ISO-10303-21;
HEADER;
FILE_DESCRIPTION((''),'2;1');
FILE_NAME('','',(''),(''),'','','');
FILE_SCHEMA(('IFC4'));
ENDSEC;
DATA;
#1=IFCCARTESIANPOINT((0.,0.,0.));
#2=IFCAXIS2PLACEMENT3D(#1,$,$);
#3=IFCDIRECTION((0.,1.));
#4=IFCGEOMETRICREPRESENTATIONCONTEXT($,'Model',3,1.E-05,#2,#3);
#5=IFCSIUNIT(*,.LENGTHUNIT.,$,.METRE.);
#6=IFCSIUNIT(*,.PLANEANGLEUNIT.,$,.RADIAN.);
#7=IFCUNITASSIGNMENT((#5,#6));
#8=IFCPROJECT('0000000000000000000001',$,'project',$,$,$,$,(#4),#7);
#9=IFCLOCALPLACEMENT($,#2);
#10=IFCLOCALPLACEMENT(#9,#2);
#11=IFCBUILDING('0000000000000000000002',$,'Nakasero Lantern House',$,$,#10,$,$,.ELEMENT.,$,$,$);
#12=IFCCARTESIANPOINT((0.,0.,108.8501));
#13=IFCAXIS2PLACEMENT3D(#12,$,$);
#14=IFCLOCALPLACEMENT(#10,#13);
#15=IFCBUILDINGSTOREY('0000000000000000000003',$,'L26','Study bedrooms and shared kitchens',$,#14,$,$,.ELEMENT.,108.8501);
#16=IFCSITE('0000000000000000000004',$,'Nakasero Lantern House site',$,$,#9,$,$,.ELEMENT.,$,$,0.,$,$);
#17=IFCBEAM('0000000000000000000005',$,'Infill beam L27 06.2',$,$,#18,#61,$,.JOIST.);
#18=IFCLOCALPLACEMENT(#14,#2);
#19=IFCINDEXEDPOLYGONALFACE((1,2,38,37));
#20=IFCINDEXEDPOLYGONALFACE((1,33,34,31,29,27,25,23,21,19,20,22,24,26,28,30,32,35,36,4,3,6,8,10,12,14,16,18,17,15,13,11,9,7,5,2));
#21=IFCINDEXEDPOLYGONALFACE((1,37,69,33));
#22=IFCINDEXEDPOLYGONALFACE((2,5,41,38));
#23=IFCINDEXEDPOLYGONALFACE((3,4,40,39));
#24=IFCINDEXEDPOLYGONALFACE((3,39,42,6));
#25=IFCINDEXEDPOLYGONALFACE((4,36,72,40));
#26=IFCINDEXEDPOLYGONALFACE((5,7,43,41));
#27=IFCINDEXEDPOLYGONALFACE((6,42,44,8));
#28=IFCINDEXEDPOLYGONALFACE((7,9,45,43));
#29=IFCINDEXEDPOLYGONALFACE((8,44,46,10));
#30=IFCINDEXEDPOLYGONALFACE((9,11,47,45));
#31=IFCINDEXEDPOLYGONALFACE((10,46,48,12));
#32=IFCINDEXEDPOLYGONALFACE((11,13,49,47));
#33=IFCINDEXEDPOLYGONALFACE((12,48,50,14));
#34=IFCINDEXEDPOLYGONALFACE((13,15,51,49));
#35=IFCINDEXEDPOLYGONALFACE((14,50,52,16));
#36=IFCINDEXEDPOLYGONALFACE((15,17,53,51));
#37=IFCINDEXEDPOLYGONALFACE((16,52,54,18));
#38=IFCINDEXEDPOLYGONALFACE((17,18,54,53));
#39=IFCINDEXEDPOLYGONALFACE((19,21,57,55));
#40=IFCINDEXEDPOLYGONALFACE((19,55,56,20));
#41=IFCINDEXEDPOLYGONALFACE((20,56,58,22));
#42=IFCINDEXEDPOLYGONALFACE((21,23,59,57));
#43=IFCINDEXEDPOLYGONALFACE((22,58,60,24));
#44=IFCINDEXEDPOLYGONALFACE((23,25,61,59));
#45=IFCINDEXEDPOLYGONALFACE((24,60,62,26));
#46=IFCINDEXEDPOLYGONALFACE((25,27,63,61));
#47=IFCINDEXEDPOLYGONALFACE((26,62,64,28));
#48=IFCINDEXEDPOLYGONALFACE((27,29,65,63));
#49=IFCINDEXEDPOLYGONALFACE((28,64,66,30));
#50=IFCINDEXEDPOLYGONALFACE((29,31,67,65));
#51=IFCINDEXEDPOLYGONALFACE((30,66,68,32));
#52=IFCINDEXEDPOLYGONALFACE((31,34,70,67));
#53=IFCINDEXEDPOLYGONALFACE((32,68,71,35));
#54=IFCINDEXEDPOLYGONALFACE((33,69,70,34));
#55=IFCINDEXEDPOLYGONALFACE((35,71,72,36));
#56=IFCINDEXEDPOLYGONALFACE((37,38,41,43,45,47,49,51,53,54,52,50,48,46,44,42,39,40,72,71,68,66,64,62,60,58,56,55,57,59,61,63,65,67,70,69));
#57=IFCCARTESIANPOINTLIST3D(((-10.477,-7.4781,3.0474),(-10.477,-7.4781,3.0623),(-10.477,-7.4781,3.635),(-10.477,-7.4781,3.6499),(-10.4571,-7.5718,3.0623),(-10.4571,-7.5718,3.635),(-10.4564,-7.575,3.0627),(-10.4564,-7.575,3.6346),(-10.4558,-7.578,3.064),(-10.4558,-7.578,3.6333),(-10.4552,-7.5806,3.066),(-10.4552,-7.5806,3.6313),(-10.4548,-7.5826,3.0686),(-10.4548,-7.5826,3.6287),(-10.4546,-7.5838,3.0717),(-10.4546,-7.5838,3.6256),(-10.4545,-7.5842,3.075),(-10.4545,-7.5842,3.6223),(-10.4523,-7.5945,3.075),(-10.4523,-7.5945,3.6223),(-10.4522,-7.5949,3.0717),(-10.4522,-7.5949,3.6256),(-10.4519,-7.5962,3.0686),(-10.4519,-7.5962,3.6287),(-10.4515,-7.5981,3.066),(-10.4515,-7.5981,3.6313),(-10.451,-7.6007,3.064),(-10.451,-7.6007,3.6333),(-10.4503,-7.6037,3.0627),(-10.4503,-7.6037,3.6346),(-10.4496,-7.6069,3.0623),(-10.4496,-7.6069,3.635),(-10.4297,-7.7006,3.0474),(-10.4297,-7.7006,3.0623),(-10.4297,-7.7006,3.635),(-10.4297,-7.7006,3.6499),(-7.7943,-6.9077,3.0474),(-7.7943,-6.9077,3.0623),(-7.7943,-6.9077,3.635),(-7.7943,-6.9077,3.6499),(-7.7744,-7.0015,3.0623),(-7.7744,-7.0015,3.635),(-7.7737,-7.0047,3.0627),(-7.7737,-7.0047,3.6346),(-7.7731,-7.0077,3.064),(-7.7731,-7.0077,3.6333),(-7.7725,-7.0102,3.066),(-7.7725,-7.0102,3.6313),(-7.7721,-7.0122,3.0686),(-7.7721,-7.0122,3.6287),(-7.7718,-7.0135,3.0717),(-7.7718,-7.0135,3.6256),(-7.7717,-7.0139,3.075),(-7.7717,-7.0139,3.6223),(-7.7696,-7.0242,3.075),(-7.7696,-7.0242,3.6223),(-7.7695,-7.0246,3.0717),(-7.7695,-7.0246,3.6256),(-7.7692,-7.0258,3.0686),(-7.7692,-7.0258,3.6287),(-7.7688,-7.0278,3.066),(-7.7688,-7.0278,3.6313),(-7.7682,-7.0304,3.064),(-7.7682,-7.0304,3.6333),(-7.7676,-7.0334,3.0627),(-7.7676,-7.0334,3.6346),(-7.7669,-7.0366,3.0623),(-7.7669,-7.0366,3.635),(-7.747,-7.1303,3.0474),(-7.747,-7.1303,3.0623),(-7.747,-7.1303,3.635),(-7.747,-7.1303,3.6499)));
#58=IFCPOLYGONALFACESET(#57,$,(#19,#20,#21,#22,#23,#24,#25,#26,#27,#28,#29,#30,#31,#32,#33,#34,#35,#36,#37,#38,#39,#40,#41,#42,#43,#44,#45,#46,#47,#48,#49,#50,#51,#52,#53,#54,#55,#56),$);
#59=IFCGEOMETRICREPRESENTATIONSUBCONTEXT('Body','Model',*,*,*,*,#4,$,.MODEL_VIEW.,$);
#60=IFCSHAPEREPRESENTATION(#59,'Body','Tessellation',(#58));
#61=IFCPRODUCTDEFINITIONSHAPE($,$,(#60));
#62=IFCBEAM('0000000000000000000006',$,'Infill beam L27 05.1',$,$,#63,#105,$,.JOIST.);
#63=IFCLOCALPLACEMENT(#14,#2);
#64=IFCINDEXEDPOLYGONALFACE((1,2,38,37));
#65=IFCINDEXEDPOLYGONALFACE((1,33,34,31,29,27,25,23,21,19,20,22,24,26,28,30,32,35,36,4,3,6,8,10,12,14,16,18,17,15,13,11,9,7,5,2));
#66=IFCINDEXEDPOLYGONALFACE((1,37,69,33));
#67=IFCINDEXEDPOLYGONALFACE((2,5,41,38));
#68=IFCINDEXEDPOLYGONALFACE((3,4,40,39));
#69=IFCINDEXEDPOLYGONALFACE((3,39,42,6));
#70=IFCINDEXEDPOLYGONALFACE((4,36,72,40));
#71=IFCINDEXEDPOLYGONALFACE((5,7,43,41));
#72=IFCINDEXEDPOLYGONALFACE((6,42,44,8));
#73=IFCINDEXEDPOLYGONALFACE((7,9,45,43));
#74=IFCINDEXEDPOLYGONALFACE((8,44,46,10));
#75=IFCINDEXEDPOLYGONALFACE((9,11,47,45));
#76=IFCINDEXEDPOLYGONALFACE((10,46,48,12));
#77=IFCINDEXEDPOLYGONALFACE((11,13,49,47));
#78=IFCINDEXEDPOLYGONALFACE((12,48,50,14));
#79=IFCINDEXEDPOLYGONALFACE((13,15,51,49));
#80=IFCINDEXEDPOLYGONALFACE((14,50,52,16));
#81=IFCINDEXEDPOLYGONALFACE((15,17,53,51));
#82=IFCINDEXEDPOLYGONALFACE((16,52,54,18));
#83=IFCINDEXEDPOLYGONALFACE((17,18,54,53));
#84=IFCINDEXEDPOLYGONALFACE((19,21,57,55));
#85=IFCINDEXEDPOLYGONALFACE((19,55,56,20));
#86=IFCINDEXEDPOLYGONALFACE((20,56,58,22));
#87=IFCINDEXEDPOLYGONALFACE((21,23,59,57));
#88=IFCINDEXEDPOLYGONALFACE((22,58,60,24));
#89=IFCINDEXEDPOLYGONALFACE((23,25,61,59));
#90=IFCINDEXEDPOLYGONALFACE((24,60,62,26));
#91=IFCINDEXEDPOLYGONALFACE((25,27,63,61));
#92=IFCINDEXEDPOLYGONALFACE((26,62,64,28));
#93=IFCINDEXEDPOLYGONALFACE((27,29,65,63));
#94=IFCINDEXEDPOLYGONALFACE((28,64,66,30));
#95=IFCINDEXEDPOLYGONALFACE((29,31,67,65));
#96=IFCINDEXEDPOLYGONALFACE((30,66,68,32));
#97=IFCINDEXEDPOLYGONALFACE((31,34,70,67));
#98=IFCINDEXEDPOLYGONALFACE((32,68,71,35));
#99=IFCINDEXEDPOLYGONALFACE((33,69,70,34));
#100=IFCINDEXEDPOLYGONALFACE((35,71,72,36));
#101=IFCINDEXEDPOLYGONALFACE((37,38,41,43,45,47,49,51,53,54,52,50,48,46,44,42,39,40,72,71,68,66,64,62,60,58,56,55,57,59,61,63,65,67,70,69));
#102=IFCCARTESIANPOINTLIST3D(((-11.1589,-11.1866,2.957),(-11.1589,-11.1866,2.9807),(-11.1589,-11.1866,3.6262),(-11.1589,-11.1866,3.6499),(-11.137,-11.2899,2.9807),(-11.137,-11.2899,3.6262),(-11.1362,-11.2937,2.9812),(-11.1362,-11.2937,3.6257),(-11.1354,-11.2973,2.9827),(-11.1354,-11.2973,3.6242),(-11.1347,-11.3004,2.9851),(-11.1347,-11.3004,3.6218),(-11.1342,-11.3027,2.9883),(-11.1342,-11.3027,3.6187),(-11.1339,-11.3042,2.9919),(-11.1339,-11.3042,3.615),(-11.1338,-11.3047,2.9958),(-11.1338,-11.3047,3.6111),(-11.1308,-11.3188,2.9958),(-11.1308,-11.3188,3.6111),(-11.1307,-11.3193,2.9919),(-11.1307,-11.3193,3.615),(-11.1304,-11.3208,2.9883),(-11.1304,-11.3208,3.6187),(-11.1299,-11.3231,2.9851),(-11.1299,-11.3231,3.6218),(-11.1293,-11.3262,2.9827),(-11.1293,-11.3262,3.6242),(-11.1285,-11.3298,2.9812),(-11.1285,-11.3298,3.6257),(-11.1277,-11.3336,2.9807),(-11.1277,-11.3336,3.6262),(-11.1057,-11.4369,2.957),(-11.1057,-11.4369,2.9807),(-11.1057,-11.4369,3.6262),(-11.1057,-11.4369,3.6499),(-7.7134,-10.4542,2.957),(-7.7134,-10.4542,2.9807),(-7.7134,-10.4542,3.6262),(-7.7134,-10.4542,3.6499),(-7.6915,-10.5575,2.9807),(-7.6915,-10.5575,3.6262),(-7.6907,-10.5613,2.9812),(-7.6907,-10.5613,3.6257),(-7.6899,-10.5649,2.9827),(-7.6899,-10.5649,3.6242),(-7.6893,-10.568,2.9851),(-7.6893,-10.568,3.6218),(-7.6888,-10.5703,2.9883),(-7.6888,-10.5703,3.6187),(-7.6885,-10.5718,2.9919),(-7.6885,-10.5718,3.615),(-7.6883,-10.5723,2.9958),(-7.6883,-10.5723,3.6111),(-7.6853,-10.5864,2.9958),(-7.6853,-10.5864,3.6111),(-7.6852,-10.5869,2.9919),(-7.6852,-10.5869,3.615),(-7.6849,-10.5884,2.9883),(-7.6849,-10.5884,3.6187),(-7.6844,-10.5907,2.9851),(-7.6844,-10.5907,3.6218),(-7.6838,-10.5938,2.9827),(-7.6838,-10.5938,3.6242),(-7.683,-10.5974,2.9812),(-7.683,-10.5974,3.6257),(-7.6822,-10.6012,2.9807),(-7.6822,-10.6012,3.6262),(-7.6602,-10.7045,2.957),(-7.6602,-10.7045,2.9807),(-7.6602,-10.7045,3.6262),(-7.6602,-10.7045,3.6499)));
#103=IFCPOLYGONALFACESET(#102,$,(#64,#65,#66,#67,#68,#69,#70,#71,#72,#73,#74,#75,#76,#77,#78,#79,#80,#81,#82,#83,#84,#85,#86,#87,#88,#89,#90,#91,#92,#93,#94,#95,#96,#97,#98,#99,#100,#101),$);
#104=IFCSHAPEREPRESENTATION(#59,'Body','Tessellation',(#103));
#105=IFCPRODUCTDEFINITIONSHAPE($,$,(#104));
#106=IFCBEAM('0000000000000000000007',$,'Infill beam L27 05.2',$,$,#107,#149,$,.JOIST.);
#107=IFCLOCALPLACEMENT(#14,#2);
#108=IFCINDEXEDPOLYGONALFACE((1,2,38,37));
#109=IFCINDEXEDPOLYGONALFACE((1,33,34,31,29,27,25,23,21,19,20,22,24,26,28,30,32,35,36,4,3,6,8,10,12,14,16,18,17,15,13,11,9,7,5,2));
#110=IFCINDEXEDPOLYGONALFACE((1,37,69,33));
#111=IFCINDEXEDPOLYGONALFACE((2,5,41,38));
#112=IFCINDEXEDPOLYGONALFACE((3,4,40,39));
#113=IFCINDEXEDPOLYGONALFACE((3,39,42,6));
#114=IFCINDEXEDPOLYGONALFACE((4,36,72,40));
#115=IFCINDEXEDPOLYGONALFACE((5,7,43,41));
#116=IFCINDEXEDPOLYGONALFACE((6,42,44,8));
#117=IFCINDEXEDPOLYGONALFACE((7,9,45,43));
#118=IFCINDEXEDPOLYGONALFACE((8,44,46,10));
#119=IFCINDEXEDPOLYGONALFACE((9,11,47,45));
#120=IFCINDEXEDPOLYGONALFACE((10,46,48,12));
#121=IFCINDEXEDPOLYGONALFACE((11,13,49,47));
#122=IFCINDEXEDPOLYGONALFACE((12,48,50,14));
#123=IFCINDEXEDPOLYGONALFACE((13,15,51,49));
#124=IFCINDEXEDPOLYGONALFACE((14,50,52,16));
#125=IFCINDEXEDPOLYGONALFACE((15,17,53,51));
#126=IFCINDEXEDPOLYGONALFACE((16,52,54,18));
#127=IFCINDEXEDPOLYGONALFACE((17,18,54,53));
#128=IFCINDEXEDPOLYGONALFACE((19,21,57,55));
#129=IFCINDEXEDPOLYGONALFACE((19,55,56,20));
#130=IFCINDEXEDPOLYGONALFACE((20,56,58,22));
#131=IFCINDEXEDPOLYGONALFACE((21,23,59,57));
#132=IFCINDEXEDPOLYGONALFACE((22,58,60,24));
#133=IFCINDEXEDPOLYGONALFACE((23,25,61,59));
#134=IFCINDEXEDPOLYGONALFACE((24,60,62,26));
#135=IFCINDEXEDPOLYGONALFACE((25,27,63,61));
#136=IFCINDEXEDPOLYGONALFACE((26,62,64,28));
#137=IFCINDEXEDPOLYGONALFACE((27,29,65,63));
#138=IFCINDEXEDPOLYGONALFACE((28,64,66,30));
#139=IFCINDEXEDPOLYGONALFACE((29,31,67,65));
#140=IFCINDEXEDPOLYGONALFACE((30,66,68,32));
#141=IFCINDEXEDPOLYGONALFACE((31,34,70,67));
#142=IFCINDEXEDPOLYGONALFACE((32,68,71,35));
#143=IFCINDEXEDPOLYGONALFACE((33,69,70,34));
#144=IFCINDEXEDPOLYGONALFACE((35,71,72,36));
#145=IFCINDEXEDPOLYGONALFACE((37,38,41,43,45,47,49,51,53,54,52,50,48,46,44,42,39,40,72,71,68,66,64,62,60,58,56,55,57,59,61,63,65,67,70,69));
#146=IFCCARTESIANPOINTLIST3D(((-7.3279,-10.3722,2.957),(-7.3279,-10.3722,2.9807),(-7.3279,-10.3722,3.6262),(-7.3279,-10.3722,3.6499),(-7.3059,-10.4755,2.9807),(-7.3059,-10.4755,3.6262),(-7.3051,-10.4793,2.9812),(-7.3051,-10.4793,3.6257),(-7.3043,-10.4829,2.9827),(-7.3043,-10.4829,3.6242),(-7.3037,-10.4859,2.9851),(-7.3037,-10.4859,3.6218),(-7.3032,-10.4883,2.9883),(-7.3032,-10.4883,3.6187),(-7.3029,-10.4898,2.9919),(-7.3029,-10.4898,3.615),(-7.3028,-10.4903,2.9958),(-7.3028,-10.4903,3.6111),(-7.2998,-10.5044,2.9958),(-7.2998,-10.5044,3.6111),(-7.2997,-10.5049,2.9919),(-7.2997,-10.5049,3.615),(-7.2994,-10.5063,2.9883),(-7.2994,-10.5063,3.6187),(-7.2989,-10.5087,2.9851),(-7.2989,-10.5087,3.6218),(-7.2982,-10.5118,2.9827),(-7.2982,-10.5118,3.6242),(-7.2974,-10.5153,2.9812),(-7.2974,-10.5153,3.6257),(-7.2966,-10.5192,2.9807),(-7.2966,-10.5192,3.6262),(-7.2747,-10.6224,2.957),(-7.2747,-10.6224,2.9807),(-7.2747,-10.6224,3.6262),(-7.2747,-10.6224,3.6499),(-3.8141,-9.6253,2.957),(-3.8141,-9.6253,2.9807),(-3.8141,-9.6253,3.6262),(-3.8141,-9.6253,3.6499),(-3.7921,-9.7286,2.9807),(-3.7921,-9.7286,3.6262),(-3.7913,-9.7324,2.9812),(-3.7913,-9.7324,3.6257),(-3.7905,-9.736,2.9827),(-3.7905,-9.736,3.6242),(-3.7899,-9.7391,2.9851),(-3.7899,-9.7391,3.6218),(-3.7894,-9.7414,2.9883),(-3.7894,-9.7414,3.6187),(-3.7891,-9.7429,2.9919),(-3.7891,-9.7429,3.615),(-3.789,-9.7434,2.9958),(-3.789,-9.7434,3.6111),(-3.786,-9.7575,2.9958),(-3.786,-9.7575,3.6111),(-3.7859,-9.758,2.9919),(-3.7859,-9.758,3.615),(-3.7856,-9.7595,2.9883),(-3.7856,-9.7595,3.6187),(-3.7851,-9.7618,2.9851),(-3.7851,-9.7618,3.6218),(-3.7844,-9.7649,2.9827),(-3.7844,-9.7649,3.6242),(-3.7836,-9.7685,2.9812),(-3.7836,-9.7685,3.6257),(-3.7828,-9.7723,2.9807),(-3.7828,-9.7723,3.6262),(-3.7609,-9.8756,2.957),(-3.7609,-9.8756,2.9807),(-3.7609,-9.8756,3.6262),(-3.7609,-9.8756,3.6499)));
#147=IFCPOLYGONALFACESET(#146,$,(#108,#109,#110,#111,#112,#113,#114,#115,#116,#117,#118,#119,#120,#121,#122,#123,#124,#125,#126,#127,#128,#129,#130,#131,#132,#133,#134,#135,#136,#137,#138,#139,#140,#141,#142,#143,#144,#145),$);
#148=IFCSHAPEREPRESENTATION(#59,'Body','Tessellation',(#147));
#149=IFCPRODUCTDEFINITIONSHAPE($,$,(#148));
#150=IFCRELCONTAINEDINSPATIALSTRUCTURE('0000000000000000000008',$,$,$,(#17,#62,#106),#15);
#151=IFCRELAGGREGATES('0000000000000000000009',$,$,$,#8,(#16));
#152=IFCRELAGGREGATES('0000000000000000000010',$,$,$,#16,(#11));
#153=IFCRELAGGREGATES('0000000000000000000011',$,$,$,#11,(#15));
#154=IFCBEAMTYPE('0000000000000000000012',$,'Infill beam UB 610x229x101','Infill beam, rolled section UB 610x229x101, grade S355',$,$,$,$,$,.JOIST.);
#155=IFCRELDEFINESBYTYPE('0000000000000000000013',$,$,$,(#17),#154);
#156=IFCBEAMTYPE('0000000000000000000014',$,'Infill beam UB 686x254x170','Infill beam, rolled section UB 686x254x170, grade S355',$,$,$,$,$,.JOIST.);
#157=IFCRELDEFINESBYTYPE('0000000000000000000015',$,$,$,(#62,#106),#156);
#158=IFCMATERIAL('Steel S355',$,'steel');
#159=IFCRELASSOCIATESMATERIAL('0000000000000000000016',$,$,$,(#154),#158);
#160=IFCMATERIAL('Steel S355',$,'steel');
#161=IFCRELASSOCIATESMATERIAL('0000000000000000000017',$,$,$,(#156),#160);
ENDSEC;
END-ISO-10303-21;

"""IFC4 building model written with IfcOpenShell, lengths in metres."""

from ifc_helpers import new_model, si_unit, direction, frame, origin, origin_2d, place, context, subcontext, project, spatial, i_section, extrude, material, material_profile, profile_set, type_object, element, save


model = new_model("IFC4")

# Units and contexts
model_context = context("Model", 3, precision=1e-05, world=origin(), true_north=direction((0.0, 1.0)))
body_context = subcontext(model_context, "Body", "Model", "MODEL_VIEW")
ifc_project = project(units=[si_unit("LENGTHUNIT", "METRE"), si_unit("PLANEANGLEUNIT", "RADIAN")], contexts=[model_context])

# Site, building, storey
site_placement = place(None, origin())
site = spatial("IfcSite", under=ifc_project, at=site_placement, Name="Nakasero Lantern House site", CompositionType="ELEMENT", RefElevation=0.0)
building_placement = place(site_placement, origin())
building = spatial("IfcBuilding", under=site, at=building_placement, Name="Nakasero Lantern House", CompositionType="ELEMENT")
storey_placement = place(building_placement, frame((0.0, 0.0, 108.8501)))
storey = spatial("IfcBuildingStorey", under=building, at=storey_placement, Name="L26", Description="Study bedrooms and shared kitchens", CompositionType="ELEMENT", Elevation=108.8501)

# Beams
ifc_material_1 = material(Name="Steel S355", Category="steel")
ifc_material_profile_1 = material_profile(ifc_material_1, i_section(OverallWidth=0.2275, OverallDepth=0.6025, WebThickness=0.0105, FlangeThickness=0.0149, FilletRadius=0.0127, at=origin_2d()), Name="UB 610x229x101")
ifc_profile_set_1 = profile_set([ifc_material_profile_1], Name="Steel S355")
beam_type_1 = type_object("IfcBeamType", Name="Infill beam UB 610x229x101", Description="Infill beam, rolled section UB 610x229x101, grade S355", PredefinedType="JOIST", material=ifc_profile_set_1)
beam_1_placement = place(storey_placement, frame((-10.4534, -7.5894, 3.3486), z_axis=(0.97814, 0.207948, 0.0), x_axis=(-0.207948, 0.97814, 0.0)))
element("IfcBeam", 1, at=beam_1_placement, inside=storey, type_object=beam_type_1, Name="Infill beam L27 06.2", PredefinedType="JOIST", context=body_context, shape_type="SweptSolid", body=[
    extrude(i_section(OverallWidth=0.2275, OverallDepth=0.6025, WebThickness=0.0105, FlangeThickness=0.0149, FilletRadius=0.0127, at=origin_2d()), origin(), (0.0, 0.0, 1.0), 2.7427),
])
ifc_material_2 = material(Name="Steel S355", Category="steel")
ifc_material_profile_2 = material_profile(ifc_material_2, i_section(OverallWidth=0.2559, OverallDepth=0.6929, WebThickness=0.0144, FlangeThickness=0.0237, FilletRadius=0.0151, at=origin_2d()), Name="UB 686x254x170")
ifc_profile_set_2 = profile_set([ifc_material_profile_2], Name="Steel S355")
beam_type_2 = type_object("IfcBeamType", Name="Infill beam UB 686x254x170", Description="Infill beam, rolled section UB 686x254x170, grade S355", PredefinedType="JOIST", material=ifc_profile_set_2)
beam_2_placement = place(storey_placement, frame((-11.1323, -11.3118, 3.3035), z_axis=(0.978145, 0.207924, 0.0), x_axis=(-0.207924, 0.978145, 0.0)))
element("IfcBeam", 2, at=beam_2_placement, inside=storey, type_object=beam_type_2, Name="Infill beam L27 05.1", PredefinedType="JOIST", context=body_context, shape_type="SweptSolid", body=[
    extrude(i_section(OverallWidth=0.2559, OverallDepth=0.6929, WebThickness=0.0144, FlangeThickness=0.0237, FilletRadius=0.0151, at=origin_2d()), origin(), (0.0, 0.0, 1.0), 3.5225),
])
beam_3_placement = place(storey_placement, frame((-7.3013, -10.4973, 3.3035), z_axis=(0.978149, 0.207904, 0.0), x_axis=(-0.207904, 0.978149, 0.0)))
element("IfcBeam", 3, at=beam_3_placement, inside=storey, type_object=beam_type_2, Name="Infill beam L27 05.2", PredefinedType="JOIST", context=body_context, shape_type="SweptSolid", body=[
    extrude(i_section(OverallWidth=0.2559, OverallDepth=0.6929, WebThickness=0.0144, FlangeThickness=0.0237, FilletRadius=0.0151, at=origin_2d()), origin(), (0.0, 0.0, 1.0), 3.5923),
])

save(model, "model.ifc")
